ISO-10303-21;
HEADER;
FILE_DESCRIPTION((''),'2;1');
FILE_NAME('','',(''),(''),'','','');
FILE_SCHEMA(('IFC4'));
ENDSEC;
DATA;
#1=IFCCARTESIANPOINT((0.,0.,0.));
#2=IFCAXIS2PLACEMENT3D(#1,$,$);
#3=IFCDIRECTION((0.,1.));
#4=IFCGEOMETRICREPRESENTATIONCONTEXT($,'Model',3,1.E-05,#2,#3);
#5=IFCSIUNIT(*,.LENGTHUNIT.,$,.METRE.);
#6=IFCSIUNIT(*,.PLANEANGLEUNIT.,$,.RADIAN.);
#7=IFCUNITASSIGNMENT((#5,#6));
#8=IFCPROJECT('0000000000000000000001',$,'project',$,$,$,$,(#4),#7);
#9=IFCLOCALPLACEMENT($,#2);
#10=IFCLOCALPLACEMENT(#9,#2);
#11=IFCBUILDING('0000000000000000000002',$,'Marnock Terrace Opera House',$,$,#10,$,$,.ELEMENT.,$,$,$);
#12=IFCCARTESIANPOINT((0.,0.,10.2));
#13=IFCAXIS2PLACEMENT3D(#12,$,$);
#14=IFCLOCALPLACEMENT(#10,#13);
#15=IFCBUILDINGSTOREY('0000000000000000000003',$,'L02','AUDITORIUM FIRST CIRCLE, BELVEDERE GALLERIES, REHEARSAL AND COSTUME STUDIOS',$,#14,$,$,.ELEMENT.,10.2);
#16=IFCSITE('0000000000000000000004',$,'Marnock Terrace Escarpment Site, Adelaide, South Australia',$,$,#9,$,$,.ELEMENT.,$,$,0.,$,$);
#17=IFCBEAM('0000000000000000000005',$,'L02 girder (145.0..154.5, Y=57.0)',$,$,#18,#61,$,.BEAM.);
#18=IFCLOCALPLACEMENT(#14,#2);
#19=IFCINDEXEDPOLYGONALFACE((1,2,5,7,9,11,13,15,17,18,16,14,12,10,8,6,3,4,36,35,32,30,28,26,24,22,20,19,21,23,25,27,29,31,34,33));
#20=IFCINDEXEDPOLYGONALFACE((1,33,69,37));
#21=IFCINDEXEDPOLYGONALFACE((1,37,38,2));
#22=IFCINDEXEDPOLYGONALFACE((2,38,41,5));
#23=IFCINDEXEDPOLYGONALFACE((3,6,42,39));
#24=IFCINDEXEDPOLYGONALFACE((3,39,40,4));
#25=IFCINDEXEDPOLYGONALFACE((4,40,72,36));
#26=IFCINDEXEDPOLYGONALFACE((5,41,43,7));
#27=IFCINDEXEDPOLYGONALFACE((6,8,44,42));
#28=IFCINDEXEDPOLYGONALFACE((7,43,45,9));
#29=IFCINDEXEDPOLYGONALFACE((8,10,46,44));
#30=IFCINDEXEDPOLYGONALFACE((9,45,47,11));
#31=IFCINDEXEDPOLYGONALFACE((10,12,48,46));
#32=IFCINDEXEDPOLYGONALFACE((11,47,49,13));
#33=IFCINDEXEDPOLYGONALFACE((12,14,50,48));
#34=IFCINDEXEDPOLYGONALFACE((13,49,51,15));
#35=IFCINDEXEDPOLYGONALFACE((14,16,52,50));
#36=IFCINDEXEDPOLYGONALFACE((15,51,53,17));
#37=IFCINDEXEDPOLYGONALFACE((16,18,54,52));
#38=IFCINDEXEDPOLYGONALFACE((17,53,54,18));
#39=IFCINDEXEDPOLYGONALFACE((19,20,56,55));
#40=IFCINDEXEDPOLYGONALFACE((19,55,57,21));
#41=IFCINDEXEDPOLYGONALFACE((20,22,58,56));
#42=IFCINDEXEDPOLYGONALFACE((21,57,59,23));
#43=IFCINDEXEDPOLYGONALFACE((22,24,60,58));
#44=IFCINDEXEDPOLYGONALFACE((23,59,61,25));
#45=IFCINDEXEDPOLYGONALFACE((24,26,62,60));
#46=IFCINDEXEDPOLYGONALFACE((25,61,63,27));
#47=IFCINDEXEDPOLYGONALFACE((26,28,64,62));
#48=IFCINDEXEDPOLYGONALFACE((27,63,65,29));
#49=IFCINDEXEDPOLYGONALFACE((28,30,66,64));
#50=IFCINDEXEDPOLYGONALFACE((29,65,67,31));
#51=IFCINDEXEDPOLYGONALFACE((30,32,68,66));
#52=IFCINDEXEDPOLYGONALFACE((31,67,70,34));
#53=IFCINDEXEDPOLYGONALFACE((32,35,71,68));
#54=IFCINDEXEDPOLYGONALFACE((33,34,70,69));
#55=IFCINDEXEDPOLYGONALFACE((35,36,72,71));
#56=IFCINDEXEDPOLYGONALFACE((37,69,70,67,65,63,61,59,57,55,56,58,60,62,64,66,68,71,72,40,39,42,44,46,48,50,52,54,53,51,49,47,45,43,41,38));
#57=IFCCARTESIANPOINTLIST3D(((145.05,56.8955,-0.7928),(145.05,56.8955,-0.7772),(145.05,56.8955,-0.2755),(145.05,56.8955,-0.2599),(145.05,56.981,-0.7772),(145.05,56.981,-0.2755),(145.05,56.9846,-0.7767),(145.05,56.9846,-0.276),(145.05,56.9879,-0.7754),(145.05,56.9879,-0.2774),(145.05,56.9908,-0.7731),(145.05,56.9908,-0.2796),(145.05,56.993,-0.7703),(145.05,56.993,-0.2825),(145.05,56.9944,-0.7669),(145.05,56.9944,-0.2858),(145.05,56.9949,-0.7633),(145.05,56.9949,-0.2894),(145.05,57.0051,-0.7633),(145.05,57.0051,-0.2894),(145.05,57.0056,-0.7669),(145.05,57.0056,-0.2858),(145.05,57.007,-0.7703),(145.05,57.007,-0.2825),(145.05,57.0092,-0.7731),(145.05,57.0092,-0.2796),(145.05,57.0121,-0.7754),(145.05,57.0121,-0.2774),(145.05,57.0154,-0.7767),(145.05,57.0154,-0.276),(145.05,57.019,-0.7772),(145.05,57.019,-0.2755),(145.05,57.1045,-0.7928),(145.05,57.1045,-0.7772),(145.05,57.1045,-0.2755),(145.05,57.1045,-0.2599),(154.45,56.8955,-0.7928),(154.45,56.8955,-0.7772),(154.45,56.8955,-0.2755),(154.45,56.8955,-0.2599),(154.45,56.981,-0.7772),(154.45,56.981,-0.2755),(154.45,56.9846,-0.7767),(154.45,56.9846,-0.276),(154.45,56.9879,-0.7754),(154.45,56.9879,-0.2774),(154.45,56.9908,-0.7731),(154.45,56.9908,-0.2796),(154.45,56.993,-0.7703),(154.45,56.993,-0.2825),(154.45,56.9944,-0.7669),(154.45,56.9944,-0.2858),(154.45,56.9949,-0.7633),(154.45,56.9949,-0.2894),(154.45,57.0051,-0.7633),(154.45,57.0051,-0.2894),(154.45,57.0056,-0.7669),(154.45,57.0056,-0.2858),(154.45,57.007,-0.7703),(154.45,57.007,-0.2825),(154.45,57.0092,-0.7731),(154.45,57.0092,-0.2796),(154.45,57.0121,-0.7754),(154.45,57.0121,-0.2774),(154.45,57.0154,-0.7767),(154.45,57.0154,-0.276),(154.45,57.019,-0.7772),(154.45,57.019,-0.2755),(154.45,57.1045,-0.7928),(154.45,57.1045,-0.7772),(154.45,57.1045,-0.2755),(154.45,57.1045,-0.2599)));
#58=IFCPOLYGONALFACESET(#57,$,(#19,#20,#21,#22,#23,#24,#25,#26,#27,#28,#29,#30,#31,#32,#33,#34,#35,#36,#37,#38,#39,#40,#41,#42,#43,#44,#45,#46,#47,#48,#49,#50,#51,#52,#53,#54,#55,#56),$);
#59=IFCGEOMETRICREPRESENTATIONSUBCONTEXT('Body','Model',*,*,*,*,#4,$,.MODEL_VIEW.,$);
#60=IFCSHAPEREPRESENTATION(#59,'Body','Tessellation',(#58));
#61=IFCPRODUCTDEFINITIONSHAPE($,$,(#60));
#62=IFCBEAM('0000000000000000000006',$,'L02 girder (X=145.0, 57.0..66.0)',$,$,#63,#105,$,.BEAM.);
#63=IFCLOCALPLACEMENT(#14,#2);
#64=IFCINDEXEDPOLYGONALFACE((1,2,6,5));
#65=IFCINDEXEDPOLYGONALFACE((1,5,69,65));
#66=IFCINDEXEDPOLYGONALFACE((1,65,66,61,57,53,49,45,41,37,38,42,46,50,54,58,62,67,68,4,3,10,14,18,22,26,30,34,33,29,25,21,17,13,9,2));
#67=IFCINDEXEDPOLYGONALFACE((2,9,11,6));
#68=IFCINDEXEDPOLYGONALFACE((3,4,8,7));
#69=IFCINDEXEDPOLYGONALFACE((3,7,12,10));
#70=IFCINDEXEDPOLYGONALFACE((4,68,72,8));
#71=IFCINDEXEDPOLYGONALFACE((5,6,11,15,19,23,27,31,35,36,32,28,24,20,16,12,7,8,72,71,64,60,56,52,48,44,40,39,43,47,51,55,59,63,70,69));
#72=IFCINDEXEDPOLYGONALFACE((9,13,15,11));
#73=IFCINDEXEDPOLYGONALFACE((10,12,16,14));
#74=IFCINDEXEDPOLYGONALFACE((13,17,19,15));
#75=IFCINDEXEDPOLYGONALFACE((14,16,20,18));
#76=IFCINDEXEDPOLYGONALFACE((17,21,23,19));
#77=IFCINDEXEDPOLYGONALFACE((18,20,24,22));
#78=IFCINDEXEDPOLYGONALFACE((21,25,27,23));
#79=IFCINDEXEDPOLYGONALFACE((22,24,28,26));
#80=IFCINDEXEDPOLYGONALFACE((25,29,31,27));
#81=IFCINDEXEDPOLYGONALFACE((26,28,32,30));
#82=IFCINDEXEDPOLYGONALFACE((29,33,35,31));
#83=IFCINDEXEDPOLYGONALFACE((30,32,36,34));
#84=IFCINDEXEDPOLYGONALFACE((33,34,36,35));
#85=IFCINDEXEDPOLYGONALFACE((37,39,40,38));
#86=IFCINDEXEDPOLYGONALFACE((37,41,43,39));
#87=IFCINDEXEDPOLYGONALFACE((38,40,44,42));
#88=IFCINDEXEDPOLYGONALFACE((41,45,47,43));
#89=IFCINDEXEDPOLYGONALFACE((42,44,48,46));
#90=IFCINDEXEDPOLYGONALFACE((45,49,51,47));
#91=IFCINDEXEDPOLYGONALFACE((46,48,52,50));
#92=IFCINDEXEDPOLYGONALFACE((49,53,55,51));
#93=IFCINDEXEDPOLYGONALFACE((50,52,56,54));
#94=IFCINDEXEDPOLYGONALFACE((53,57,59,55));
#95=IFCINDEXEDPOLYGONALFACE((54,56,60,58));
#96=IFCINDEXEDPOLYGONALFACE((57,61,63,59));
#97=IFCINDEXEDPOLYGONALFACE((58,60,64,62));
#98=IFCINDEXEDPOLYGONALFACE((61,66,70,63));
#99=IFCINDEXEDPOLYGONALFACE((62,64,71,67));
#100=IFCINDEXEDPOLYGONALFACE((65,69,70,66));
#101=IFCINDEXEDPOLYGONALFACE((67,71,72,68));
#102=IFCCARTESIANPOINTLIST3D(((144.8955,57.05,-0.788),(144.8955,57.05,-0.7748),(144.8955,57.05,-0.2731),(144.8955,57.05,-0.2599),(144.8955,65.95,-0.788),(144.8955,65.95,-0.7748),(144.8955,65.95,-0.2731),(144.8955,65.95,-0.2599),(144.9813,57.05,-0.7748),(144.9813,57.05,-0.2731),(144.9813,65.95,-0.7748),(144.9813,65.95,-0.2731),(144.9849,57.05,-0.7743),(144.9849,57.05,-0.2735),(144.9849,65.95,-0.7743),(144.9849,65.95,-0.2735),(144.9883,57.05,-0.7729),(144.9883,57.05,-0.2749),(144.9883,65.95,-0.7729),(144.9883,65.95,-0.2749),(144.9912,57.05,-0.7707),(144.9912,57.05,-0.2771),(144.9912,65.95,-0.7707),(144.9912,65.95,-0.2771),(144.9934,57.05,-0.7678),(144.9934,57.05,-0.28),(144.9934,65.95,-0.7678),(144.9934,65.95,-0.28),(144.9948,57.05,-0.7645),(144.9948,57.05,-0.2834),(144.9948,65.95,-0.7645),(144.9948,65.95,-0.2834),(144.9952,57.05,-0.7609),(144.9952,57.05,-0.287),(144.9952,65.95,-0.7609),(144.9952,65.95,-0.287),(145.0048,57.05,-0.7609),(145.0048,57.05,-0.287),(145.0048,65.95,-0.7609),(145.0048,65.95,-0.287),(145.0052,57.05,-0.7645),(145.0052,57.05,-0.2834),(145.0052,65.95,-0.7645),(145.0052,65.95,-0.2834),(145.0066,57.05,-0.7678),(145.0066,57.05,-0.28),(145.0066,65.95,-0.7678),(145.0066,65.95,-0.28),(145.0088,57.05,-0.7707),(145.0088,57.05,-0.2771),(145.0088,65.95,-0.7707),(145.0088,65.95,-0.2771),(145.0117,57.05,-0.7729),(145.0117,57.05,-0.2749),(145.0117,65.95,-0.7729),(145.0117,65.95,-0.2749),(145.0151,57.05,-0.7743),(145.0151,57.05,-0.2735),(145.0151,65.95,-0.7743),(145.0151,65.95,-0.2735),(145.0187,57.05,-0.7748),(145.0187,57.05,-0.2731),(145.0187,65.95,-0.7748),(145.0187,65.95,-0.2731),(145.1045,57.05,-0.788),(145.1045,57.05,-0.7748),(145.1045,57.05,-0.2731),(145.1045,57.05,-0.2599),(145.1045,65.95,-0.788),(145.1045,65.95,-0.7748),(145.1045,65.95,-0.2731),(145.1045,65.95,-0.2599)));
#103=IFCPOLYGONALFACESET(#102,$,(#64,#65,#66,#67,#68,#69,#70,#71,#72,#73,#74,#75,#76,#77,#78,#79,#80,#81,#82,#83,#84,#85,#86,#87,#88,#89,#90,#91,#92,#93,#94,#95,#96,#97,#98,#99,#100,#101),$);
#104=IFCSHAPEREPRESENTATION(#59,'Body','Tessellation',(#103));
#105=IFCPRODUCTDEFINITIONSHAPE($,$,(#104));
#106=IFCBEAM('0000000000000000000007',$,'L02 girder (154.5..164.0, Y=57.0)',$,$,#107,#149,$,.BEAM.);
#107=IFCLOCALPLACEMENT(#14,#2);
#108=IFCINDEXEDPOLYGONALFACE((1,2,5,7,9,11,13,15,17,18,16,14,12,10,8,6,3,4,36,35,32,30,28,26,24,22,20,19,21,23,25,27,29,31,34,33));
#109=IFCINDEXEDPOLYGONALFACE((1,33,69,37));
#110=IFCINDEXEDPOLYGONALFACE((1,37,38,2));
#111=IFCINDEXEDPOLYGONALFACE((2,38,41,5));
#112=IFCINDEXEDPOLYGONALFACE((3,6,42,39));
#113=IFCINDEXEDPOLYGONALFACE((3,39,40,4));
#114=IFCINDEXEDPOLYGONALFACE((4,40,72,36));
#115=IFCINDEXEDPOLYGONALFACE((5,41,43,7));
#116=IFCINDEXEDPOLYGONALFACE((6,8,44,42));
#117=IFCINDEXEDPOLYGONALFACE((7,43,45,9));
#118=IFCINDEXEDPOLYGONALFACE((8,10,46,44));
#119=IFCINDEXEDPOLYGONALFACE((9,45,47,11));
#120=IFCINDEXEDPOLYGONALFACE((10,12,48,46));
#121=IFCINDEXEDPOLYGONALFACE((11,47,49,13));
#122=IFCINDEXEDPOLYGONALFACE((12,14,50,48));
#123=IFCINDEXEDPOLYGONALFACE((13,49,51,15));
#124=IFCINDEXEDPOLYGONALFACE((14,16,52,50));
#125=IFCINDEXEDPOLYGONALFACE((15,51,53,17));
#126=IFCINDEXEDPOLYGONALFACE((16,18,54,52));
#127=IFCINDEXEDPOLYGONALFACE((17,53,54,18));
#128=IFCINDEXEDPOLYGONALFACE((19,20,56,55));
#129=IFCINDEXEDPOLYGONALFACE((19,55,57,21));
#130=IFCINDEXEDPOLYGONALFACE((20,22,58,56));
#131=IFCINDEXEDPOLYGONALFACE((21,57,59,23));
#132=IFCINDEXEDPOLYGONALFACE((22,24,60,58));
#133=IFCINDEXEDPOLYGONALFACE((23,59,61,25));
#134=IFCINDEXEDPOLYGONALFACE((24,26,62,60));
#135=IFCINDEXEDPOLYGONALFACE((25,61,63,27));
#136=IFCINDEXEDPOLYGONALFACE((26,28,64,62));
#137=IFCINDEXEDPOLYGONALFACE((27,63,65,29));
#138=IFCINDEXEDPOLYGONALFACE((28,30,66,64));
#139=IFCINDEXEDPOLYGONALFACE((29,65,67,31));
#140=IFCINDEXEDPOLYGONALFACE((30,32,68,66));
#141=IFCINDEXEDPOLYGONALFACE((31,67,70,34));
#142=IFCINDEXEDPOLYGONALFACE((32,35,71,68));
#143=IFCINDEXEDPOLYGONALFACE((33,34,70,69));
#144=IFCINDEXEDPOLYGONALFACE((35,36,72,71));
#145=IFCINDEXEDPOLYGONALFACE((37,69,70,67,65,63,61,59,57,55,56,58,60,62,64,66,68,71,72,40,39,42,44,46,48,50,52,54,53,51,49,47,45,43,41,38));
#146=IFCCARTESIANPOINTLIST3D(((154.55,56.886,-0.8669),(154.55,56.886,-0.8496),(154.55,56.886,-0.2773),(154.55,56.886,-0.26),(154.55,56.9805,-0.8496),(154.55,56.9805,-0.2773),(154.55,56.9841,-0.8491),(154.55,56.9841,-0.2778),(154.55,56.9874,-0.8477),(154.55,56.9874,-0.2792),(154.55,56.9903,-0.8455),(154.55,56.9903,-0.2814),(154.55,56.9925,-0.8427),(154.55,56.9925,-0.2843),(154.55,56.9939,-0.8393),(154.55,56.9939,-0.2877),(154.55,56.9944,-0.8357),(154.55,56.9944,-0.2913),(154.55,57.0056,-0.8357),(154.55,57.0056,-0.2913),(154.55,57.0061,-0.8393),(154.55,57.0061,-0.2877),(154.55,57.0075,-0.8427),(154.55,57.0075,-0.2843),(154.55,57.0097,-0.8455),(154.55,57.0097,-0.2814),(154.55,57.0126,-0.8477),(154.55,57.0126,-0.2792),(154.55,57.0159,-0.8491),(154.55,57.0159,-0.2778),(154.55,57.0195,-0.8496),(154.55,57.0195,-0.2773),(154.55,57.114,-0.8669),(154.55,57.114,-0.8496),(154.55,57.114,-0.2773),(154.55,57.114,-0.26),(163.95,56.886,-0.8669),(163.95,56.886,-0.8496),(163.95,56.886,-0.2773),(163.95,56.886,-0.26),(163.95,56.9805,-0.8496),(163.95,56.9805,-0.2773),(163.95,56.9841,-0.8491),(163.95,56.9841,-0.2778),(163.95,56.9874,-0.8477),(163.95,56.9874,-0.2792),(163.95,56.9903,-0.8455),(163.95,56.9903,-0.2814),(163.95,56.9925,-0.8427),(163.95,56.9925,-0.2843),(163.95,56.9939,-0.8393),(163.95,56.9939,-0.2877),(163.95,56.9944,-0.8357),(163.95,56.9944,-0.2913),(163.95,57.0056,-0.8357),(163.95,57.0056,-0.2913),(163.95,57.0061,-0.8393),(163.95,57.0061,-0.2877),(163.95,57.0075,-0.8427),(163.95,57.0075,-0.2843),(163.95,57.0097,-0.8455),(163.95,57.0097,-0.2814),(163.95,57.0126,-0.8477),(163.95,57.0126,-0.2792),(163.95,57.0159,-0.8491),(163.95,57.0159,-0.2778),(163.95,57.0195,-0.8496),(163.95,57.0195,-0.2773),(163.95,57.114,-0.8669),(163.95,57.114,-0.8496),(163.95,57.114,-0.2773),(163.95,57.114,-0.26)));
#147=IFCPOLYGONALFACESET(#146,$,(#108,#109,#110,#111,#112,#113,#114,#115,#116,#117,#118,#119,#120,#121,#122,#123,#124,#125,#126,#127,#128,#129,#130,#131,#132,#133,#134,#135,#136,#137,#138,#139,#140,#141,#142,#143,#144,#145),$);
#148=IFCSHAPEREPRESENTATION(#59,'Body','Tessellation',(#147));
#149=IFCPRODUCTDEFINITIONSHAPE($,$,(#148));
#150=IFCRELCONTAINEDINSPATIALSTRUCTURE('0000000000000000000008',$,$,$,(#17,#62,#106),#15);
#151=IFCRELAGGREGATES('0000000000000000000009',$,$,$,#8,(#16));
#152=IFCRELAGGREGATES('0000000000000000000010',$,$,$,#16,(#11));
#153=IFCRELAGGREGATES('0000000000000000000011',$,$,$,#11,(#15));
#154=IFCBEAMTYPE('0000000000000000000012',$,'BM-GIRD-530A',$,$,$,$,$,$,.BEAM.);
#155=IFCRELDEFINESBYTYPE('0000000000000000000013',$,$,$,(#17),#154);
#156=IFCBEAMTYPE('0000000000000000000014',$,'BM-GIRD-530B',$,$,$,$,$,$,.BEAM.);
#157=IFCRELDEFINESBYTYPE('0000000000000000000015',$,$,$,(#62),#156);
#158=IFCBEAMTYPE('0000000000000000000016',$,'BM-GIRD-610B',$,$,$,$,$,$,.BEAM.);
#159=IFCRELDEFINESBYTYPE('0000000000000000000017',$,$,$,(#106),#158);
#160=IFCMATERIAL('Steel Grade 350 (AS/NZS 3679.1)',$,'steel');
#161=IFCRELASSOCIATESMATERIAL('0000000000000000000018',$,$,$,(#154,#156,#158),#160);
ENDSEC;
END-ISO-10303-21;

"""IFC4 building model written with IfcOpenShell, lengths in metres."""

from ifc_helpers import new_model, si_unit, direction, frame, origin, origin_2d, place, context, subcontext, project, spatial, i_section, extrude, material, material_profile, profile_set, type_object, element, save


model = new_model("IFC4")

# Units and contexts
model_context = context("Model", 3, precision=1e-05, world=origin(), true_north=direction((0.0, 1.0)))
body_context = subcontext(model_context, "Body", "Model", "MODEL_VIEW")
ifc_project = project(units=[si_unit("LENGTHUNIT", "METRE"), si_unit("PLANEANGLEUNIT", "RADIAN")], contexts=[model_context])

# Site, building, storey
site_placement = place(None, origin())
site = spatial("IfcSite", under=ifc_project, at=site_placement, Name="Marnock Terrace Escarpment Site, Adelaide, South Australia", CompositionType="ELEMENT", RefElevation=0.0)
building_placement = place(site_placement, origin())
building = spatial("IfcBuilding", under=site, at=building_placement, Name="Marnock Terrace Opera House", CompositionType="ELEMENT")
storey_placement = place(building_placement, frame((0.0, 0.0, 10.2)))
storey = spatial("IfcBuildingStorey", under=building, at=storey_placement, Name="L02", Description="AUDITORIUM FIRST CIRCLE, BELVEDERE GALLERIES, REHEARSAL AND COSTUME STUDIOS", CompositionType="ELEMENT", Elevation=10.2)

# Beams
ifc_material_1 = material(Name="Steel Grade 350 (AS/NZS 3679.1)", Category="steel")
ifc_material_profile_1 = material_profile(ifc_material_1, i_section(OverallWidth=0.209, OverallDepth=0.533, WebThickness=0.0103, FlangeThickness=0.0156, FilletRadius=0.0139, at=origin_2d()))
ifc_profile_set_1 = profile_set([ifc_material_profile_1], Name="Steel Grade 350 (AS/NZS 3679.1)")
beam_type_1 = type_object("IfcBeamType", Name="BM-GIRD-530A", PredefinedType="BEAM", material=ifc_profile_set_1)
beam_1_placement = place(storey_placement, frame((145.05, 57.0, -0.5264), z_axis=(1.0, 0.0, 0.0), x_axis=(0.0, 1.0, 0.0)))
element("IfcBeam", 1, at=beam_1_placement, inside=storey, type_object=beam_type_1, Name="L02 girder (145.0..154.5, Y=57.0)", PredefinedType="BEAM", context=body_context, shape_type="SweptSolid", body=[
    extrude(i_section(OverallWidth=0.209, OverallDepth=0.533, WebThickness=0.0103, FlangeThickness=0.0156, FilletRadius=0.0139, at=origin_2d()), origin(), (0.0, 0.0, 1.0), 9.3999),
])
ifc_material_profile_2 = material_profile(ifc_material_1, i_section(OverallWidth=0.209, OverallDepth=0.5281, WebThickness=0.0095, FlangeThickness=0.0132, FilletRadius=0.0139, at=origin_2d()))
ifc_profile_set_2 = profile_set([ifc_material_profile_2], Name="Steel Grade 350 (AS/NZS 3679.1)")
beam_type_2 = type_object("IfcBeamType", Name="BM-GIRD-530B", PredefinedType="BEAM", material=ifc_profile_set_2)
beam_2_placement = place(storey_placement, frame((145.0, 57.05, -0.5239), z_axis=(0.0, 1.0, 0.0), x_axis=(-1.0, 0.0, 0.0)))
element("IfcBeam", 2, at=beam_2_placement, inside=storey, type_object=beam_type_2, Name="L02 girder (X=145.0, 57.0..66.0)", PredefinedType="BEAM", context=body_context, shape_type="SweptSolid", body=[
    extrude(i_section(OverallWidth=0.209, OverallDepth=0.5281, WebThickness=0.0095, FlangeThickness=0.0132, FilletRadius=0.0139, at=origin_2d()), origin(), (0.0, 0.0, 1.0), 8.8999),
])
ifc_material_profile_3 = material_profile(ifc_material_1, i_section(OverallWidth=0.228, OverallDepth=0.6069, WebThickness=0.0112, FlangeThickness=0.0173, FilletRadius=0.0139, at=origin_2d()))
ifc_profile_set_3 = profile_set([ifc_material_profile_3], Name="Steel Grade 350 (AS/NZS 3679.1)")
beam_type_3 = type_object("IfcBeamType", Name="BM-GIRD-610B", PredefinedType="BEAM", material=ifc_profile_set_3)
beam_3_placement = place(storey_placement, frame((154.55, 57.0, -0.5635), z_axis=(1.0, 0.0, 0.0), x_axis=(0.0, 1.0, 0.0)))
element("IfcBeam", 3, at=beam_3_placement, inside=storey, type_object=beam_type_3, Name="L02 girder (154.5..164.0, Y=57.0)", PredefinedType="BEAM", context=body_context, shape_type="SweptSolid", body=[
    extrude(i_section(OverallWidth=0.228, OverallDepth=0.6069, WebThickness=0.0112, FlangeThickness=0.0173, FilletRadius=0.0139, at=origin_2d()), origin(), (0.0, 0.0, 1.0), 9.3999),
])

save(model, "model.ifc")
